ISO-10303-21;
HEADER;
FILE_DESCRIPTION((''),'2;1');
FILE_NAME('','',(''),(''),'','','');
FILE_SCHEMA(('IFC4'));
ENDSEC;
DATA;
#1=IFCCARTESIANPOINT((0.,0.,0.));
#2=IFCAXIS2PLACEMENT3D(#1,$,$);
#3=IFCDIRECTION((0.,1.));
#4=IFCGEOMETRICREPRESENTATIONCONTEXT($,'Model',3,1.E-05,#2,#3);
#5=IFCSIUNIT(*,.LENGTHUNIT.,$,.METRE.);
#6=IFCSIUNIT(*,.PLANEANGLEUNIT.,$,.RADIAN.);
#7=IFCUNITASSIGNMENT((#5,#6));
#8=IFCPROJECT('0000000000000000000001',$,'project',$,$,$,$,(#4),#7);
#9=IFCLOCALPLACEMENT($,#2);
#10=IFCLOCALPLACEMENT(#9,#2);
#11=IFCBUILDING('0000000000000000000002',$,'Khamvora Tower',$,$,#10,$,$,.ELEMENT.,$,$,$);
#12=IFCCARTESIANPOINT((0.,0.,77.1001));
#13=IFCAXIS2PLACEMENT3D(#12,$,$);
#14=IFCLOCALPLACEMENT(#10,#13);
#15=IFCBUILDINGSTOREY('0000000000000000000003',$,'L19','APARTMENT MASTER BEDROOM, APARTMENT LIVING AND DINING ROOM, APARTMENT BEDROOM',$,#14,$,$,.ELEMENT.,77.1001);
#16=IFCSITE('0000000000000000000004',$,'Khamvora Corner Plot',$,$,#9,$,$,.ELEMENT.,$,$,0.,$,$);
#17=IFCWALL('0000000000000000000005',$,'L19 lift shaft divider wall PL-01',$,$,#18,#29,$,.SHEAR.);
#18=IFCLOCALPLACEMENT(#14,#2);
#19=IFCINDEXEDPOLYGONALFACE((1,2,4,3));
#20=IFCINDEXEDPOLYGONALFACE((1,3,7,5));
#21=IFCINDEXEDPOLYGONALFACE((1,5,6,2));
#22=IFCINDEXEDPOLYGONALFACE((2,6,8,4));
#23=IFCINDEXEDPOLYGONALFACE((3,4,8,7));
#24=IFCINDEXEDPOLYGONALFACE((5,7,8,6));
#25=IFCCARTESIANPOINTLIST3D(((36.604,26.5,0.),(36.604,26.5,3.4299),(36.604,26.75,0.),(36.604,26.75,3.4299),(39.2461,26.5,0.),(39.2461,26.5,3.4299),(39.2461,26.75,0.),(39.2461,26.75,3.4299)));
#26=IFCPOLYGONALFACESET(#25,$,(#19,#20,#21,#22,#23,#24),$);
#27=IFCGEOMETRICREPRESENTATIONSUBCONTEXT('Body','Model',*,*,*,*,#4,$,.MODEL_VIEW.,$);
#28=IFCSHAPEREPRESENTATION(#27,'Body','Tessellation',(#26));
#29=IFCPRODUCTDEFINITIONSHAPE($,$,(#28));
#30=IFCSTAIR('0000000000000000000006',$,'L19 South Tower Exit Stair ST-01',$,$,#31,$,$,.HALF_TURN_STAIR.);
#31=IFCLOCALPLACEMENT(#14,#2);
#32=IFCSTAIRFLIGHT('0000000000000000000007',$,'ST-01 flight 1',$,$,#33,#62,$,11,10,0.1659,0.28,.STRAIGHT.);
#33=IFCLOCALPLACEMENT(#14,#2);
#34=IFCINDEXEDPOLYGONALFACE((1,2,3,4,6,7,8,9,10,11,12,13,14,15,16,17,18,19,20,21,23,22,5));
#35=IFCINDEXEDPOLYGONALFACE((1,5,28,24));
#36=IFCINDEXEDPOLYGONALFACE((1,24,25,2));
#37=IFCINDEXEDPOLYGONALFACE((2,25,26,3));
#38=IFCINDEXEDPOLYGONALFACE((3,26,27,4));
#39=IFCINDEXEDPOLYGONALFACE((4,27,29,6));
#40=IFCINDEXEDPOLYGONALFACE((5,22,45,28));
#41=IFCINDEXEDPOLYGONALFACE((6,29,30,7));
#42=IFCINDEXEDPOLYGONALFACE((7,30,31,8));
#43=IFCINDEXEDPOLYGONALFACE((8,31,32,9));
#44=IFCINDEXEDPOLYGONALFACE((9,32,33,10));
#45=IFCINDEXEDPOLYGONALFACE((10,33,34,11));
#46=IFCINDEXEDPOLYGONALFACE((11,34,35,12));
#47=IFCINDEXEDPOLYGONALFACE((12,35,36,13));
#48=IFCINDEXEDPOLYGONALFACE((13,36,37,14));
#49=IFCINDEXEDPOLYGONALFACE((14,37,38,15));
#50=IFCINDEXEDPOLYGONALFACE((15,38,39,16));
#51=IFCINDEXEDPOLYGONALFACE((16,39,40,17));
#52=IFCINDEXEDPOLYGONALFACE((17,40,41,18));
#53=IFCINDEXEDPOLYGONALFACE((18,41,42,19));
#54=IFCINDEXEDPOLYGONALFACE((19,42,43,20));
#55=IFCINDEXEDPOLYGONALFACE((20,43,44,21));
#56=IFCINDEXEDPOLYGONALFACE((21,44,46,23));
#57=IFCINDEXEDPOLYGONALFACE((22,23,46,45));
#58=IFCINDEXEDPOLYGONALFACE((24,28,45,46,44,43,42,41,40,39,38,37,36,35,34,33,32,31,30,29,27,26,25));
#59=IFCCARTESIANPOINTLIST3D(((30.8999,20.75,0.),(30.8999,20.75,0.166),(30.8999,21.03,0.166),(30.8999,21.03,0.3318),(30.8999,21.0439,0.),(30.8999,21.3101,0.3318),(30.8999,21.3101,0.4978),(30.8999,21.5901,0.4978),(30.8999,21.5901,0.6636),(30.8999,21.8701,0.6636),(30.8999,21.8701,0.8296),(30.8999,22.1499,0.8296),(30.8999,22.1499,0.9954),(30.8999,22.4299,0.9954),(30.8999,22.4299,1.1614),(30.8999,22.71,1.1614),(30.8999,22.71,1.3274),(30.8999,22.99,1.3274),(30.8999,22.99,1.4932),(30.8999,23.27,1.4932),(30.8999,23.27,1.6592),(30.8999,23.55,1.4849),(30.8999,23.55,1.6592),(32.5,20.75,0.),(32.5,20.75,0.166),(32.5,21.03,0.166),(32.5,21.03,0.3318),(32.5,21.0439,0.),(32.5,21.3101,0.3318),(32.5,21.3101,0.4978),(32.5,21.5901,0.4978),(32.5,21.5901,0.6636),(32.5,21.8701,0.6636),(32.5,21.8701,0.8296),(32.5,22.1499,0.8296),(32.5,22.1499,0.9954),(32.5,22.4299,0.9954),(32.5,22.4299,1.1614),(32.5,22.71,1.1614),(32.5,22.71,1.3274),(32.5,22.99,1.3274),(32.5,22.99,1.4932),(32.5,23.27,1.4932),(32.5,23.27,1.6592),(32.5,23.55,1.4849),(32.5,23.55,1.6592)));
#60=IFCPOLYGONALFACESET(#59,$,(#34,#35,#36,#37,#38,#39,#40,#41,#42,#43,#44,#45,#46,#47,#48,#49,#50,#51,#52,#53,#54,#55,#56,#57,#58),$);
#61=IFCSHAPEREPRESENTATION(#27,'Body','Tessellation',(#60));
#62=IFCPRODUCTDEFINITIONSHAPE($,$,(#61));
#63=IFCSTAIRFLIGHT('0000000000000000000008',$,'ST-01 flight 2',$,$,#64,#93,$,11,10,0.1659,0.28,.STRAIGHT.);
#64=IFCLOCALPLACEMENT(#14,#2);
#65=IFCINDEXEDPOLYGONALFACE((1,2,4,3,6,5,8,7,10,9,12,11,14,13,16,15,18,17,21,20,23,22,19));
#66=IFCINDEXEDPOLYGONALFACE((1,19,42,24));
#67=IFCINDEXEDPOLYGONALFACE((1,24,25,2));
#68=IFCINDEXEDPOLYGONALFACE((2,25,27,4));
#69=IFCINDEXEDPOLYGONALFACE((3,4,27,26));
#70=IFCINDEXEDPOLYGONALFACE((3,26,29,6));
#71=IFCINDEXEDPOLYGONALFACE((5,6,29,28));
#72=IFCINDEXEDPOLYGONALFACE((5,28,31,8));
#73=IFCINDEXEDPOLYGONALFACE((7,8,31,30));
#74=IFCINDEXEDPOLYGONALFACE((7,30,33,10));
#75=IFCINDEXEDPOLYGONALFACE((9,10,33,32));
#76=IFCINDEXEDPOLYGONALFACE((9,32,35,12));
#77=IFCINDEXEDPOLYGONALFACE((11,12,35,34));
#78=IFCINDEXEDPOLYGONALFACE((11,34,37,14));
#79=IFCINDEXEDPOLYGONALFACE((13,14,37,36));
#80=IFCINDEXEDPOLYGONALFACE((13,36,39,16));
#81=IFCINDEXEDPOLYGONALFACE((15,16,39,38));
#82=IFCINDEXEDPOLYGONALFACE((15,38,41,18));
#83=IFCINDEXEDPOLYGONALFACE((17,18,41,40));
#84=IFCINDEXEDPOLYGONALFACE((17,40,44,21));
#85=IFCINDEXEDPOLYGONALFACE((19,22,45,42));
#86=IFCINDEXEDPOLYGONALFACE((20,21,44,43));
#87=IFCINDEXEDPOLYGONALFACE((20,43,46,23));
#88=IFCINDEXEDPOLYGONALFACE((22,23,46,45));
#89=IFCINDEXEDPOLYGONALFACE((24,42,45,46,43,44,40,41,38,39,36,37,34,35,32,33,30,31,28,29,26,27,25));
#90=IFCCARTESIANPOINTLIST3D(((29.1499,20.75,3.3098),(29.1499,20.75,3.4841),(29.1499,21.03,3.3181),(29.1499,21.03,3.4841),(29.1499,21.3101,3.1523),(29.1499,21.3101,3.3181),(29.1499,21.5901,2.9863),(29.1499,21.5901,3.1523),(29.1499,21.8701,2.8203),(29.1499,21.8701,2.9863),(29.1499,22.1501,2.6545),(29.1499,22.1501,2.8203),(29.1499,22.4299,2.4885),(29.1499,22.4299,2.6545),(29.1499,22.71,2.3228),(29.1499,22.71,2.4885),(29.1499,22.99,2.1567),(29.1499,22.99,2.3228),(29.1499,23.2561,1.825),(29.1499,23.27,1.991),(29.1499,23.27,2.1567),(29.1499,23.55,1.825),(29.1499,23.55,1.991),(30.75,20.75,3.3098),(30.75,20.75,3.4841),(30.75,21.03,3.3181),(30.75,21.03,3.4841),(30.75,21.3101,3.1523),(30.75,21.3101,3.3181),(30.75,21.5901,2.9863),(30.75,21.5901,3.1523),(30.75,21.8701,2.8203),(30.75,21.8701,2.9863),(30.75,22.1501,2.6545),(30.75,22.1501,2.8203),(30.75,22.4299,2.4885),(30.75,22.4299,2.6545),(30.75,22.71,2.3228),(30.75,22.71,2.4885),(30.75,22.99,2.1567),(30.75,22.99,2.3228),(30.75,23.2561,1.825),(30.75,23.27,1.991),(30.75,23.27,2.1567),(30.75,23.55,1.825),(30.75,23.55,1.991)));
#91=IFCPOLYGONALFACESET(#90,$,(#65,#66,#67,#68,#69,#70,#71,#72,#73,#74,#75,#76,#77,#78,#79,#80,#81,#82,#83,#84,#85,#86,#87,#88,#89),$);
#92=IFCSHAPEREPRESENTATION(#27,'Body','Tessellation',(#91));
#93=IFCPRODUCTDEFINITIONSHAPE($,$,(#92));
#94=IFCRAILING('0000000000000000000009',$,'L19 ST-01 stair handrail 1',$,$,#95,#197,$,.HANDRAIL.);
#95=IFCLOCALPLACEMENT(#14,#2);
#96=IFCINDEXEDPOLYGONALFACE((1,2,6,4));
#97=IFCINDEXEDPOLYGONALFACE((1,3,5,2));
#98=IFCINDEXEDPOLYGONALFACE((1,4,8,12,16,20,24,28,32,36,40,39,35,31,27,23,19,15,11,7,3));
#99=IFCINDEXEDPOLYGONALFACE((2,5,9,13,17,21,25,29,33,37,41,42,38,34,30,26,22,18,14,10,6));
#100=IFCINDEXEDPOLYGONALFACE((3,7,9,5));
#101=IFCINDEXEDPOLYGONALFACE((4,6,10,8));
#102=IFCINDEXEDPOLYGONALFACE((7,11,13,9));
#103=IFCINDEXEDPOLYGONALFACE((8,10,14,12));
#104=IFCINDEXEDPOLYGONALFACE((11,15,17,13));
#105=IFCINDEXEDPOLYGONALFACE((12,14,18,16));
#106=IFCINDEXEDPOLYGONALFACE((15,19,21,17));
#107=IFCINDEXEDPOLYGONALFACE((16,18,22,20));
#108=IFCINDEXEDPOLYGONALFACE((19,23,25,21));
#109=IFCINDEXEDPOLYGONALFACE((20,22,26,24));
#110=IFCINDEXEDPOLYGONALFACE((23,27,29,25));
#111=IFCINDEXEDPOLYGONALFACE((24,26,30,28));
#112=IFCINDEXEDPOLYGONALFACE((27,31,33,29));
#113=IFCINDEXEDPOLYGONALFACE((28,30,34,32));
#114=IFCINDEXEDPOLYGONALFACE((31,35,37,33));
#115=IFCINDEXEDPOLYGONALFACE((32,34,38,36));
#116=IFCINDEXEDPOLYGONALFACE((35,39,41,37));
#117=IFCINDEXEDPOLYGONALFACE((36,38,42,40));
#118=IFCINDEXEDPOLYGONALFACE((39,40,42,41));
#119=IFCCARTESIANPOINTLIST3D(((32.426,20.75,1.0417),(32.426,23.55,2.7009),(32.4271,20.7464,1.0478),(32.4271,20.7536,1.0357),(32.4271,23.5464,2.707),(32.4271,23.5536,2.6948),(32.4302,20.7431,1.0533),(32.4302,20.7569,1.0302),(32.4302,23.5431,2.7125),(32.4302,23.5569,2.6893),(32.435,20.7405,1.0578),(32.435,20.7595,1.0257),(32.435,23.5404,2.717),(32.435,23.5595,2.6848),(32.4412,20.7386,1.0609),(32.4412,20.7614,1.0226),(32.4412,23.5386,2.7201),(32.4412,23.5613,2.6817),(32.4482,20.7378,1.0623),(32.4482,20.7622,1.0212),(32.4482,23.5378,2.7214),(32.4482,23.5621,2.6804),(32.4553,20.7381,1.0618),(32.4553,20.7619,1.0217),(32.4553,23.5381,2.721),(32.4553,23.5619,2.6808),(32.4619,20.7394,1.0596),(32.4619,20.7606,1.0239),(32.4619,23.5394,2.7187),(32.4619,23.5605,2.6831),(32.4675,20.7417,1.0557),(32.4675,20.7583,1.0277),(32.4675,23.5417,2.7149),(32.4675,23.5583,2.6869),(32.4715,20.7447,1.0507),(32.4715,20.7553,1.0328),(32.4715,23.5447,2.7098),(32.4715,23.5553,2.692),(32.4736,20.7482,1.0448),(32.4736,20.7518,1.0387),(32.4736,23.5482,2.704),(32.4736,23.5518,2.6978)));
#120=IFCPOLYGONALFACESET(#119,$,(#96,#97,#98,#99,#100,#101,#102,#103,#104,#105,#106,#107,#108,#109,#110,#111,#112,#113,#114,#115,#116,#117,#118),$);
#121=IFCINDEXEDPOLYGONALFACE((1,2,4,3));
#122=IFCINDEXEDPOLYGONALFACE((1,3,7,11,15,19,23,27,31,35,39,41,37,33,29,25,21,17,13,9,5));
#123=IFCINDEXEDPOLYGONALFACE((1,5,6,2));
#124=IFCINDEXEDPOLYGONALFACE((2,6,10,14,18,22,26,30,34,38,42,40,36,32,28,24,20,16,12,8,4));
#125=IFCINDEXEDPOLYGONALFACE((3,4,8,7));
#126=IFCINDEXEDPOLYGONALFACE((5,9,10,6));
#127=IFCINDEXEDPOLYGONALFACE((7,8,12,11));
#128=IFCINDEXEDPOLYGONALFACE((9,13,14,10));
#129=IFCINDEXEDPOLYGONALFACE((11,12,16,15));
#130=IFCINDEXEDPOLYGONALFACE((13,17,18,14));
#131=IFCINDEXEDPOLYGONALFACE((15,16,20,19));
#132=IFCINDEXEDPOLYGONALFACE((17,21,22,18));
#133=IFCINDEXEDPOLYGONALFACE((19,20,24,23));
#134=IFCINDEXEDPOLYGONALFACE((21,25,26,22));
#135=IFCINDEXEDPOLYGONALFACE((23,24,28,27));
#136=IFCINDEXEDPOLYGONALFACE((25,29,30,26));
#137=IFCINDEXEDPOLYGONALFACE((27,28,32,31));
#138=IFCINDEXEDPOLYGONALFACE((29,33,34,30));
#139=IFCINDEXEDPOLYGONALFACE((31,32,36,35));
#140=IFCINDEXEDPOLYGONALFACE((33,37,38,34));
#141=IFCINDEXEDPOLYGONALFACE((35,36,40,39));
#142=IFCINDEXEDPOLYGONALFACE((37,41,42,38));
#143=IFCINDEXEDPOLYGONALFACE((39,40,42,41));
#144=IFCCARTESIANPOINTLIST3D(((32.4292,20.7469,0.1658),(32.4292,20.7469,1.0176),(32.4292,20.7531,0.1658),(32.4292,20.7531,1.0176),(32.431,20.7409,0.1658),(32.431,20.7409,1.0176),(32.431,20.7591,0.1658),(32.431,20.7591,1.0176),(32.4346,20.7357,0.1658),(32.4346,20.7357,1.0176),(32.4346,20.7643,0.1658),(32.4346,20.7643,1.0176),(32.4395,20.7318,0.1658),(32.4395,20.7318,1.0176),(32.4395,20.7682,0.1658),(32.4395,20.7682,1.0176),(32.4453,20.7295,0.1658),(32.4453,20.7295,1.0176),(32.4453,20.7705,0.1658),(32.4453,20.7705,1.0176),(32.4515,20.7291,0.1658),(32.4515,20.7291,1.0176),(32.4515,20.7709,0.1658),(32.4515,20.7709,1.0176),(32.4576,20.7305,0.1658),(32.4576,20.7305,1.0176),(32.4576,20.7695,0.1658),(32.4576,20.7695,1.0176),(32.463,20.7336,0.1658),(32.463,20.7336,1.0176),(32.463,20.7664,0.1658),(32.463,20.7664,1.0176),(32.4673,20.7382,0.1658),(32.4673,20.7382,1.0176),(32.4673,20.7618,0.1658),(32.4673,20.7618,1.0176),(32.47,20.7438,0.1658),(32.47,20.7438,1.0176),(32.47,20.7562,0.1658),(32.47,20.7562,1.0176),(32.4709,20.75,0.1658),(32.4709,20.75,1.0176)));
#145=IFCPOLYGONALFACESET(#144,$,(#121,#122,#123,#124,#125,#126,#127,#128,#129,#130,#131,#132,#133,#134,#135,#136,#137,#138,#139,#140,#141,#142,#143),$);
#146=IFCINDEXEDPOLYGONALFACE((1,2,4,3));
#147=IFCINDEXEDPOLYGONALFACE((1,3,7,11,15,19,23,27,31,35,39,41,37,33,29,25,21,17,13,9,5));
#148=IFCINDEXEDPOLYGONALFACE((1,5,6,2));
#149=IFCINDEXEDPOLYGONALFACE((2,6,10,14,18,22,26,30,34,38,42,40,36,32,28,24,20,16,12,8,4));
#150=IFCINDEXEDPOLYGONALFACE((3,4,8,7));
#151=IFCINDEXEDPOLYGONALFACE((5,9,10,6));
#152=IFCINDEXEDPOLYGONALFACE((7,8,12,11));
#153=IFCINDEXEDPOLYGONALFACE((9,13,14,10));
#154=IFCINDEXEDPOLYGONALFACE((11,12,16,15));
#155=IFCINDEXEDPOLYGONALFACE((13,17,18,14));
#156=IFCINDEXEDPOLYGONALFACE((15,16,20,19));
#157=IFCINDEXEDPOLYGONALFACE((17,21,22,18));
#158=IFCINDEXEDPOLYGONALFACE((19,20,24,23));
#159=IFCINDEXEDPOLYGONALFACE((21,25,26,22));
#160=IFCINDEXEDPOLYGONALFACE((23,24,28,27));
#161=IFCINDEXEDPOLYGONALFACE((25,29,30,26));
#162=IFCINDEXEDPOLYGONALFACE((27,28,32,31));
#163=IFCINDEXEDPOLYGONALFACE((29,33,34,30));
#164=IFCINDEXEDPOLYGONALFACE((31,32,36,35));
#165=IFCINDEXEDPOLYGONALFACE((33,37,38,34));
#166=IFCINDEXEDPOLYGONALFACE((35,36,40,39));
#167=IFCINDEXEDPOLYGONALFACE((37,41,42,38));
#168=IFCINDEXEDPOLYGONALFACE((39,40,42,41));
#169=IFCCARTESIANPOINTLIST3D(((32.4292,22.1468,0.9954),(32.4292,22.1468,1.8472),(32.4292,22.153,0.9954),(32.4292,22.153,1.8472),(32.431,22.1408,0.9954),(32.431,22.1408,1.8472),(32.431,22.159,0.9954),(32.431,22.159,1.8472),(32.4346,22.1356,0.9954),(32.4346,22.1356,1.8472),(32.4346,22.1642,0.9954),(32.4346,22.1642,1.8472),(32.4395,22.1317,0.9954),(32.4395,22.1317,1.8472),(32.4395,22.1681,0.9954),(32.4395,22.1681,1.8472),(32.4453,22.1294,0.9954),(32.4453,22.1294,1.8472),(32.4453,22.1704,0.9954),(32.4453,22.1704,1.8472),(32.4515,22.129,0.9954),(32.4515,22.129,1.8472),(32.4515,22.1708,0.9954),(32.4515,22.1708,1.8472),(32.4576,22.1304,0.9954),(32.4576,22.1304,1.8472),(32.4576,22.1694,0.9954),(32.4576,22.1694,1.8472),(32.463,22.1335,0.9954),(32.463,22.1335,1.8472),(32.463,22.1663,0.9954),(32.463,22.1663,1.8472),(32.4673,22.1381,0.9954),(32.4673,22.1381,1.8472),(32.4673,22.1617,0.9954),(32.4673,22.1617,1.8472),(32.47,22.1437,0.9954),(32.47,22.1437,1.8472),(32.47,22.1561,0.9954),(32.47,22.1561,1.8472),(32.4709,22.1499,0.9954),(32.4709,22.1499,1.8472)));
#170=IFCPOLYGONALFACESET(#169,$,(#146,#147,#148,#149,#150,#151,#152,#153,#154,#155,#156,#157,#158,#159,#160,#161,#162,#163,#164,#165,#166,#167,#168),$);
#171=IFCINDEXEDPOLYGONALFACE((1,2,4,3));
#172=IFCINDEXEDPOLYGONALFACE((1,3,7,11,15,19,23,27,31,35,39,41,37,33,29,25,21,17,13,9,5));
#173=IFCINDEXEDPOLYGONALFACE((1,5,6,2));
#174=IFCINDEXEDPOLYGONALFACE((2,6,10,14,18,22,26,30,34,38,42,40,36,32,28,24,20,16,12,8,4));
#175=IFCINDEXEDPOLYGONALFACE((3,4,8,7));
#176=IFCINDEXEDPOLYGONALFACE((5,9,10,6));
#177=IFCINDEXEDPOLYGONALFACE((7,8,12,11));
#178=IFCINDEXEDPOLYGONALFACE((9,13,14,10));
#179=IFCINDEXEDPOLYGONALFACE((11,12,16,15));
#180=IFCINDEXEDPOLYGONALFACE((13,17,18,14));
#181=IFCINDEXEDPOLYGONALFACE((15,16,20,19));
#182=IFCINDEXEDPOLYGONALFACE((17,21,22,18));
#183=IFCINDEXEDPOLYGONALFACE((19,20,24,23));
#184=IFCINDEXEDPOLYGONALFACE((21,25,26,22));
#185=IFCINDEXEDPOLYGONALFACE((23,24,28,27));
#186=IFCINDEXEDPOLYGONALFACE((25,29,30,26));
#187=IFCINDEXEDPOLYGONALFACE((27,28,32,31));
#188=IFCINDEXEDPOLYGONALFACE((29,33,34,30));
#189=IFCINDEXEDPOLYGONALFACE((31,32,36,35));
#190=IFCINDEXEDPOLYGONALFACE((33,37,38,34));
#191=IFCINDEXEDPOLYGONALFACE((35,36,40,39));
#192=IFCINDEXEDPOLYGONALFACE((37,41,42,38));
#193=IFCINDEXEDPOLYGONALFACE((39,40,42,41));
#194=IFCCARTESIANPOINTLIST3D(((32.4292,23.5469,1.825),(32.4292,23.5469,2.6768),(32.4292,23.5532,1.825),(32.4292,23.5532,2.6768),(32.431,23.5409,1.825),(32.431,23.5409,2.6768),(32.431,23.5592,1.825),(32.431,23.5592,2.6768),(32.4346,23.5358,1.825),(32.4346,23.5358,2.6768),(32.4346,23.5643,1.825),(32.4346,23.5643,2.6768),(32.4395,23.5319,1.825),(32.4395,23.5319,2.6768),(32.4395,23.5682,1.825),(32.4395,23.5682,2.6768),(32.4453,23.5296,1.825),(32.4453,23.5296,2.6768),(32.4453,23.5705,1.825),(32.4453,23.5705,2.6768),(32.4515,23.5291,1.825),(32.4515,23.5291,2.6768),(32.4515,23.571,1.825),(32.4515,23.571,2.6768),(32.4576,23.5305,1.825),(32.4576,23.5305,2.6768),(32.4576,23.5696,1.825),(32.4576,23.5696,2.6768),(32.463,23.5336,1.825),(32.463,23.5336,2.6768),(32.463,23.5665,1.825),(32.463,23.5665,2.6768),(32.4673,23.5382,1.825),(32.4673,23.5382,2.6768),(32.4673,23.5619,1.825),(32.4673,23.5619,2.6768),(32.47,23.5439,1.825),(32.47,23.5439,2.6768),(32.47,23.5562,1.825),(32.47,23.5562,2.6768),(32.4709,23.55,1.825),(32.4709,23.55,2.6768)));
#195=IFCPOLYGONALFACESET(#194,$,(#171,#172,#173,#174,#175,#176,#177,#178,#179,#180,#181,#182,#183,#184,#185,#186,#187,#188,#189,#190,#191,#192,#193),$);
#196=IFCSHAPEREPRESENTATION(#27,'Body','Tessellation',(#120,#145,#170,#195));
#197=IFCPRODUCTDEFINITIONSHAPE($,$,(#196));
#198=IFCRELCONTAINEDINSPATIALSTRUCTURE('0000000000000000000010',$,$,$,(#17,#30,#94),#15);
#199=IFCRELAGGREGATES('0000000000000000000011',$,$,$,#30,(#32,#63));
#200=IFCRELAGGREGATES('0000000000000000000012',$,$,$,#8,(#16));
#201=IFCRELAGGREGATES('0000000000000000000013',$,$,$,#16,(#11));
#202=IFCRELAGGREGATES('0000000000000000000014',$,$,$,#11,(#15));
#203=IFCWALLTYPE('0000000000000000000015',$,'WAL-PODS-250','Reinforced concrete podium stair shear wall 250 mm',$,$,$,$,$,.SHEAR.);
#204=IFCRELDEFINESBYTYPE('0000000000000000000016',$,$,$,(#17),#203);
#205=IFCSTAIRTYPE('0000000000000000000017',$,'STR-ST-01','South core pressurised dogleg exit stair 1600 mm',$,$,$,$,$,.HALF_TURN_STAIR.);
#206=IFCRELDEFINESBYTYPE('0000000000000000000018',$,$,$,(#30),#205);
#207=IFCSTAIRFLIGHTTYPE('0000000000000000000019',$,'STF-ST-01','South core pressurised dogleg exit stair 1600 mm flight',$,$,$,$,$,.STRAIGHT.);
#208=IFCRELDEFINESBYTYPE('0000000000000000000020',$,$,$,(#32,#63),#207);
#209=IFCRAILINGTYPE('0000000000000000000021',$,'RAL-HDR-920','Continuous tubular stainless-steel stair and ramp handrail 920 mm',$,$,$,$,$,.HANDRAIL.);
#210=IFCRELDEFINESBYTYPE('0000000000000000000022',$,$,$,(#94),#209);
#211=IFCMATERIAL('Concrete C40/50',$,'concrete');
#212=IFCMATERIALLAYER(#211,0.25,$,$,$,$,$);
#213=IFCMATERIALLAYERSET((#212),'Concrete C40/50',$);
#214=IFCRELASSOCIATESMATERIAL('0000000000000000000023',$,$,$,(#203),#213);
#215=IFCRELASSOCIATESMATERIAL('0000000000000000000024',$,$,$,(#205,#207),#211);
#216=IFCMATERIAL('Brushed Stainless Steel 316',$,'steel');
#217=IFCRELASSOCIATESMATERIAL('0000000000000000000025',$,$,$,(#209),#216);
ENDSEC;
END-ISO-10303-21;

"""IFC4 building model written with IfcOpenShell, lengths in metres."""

from ifc_helpers import new_model, si_unit, direction, frame, frame_2d, origin, origin_2d, place, context, subcontext, project, spatial, polyline, rectangle, circle, outline, extrude, material, layer, layer_set, type_object, element, aggregate, save


model = new_model("IFC4")

# Units and contexts
model_context = context("Model", 3, precision=1e-05, world=origin(), true_north=direction((0.0, 1.0)))
body_context = subcontext(model_context, "Body", "Model", "MODEL_VIEW")
ifc_project = project(units=[si_unit("LENGTHUNIT", "METRE"), si_unit("PLANEANGLEUNIT", "RADIAN")], contexts=[model_context])

# Site, building, storey
site_placement = place(None, origin())
site = spatial("IfcSite", under=ifc_project, at=site_placement, Name="Khamvora Corner Plot", CompositionType="ELEMENT", RefElevation=0.0)
building_placement = place(site_placement, origin())
building = spatial("IfcBuilding", under=site, at=building_placement, Name="Khamvora Tower", CompositionType="ELEMENT")
storey_placement = place(building_placement, frame((0.0, 0.0, 77.1001)))
storey = spatial("IfcBuildingStorey", under=building, at=storey_placement, Name="L19", Description="APARTMENT MASTER BEDROOM, APARTMENT LIVING AND DINING ROOM, APARTMENT BEDROOM", CompositionType="ELEMENT", Elevation=77.1001)

# Wall
ifc_material_1 = material(Name="Concrete C40/50", Category="concrete")
ifc_layer_1 = layer(ifc_material_1, 0.25)
ifc_layer_set_1 = layer_set([ifc_layer_1], Name="Concrete C40/50")
wall_type_1 = type_object("IfcWallType", Name="WAL-PODS-250", Description="Reinforced concrete podium stair shear wall 250 mm", PredefinedType="SHEAR", material=ifc_layer_set_1)
for number, where, z_axis, x_axis, name in (
    (1, (36.604, 26.625, 0.0), (0.0, 0.0, 1.0), (1.0, 0.0, 0.0), "L19 lift shaft divider wall PL-01"),
):
    element("IfcWall", number, at=place(storey_placement, frame(where, z_axis=z_axis, x_axis=x_axis)), inside=storey, type_object=wall_type_1, Name=name, PredefinedType="SHEAR", context=body_context, shape_type="SweptSolid", body=[
        extrude(rectangle(XDim=2.6421, YDim=0.25, at=frame_2d((1.321, 0.0))), origin(), (0.0, 0.0, 1.0), 3.4299),
    ])

# Stair, stair flights
stair_type = type_object("IfcStairType", Name="STR-ST-01", Description="South core pressurised dogleg exit stair 1600 mm", PredefinedType="HALF_TURN_STAIR", material=ifc_material_1)
stair_placement = place(storey_placement, origin())
stair = element("IfcStair", 2, at=stair_placement, inside=storey, type_object=stair_type, Name="L19 South Tower Exit Stair ST-01", PredefinedType="HALF_TURN_STAIR")
stair_flight_type = type_object("IfcStairFlightType", Name="STF-ST-01", Description="South core pressurised dogleg exit stair 1600 mm flight", PredefinedType="STRAIGHT", material=ifc_material_1)
stair_flight_1_placement = place(storey_placement, frame((31.7, 20.75, 0.0), z_axis=(0.0, 0.0, 1.0), x_axis=(0.0, 1.0, 0.0)))
stair_flight_1 = element("IfcStairFlight", 3, at=stair_flight_1_placement, type_object=stair_flight_type, Name="ST-01 flight 1", NumberOfRisers=11, NumberOfTreads=10, PredefinedType="STRAIGHT", RiserHeight=0.1659, TreadLength=0.28, context=body_context, shape_type="SweptSolid", body=[
    extrude(outline(polyline([(0.0, 0.0), (0.0, 0.166), (0.28, 0.166), (0.28, 0.3318), (0.5601, 0.3318), (0.5601, 0.4978), (0.8401, 0.4978), (0.8401, 0.6636), (1.1201, 0.6636), (1.1201, 0.8296), (1.3999, 0.8296), (1.3999, 0.9954), (1.6799, 0.9954), (1.6799, 1.1614), (1.96, 1.1614), (1.96, 1.3274), (2.24, 1.3274), (2.24, 1.4932), (2.52, 1.4932), (2.52, 1.6592), (2.8, 1.6592), (2.8, 1.825), (2.8, 1.4849), (0.2939, 0.0), (0.0, 0.0)])), frame((0.0, 0.8, 0.0), z_axis=(0.0, -1.0, 0.0), x_axis=(1.0, 0.0, 0.0)), (0.0, 0.0, 1.0), 1.6001),
])
stair_flight_2_placement = place(storey_placement, frame((29.95, 23.55, 1.825), z_axis=(0.0, 0.0, 1.0), x_axis=(0.0, -1.0, 0.0)))
stair_flight_2 = element("IfcStairFlight", 4, at=stair_flight_2_placement, type_object=stair_flight_type, Name="ST-01 flight 2", NumberOfRisers=11, NumberOfTreads=10, PredefinedType="STRAIGHT", RiserHeight=0.1659, TreadLength=0.28, context=body_context, shape_type="SweptSolid", body=[
    extrude(outline(polyline([(0.0, 0.0), (0.0, 0.166), (0.28, 0.166), (0.28, 0.3318), (0.5601, 0.3318), (0.5601, 0.4978), (0.8401, 0.4978), (0.8401, 0.6636), (1.1201, 0.6636), (1.1201, 0.8296), (1.3999, 0.8296), (1.3999, 0.9954), (1.6799, 0.9954), (1.6799, 1.1614), (1.96, 1.1614), (1.96, 1.3274), (2.24, 1.3274), (2.24, 1.4932), (2.52, 1.4932), (2.52, 1.6592), (2.8, 1.6592), (2.8, 1.825), (2.8, 1.4849), (0.2939, 0.0), (0.0, 0.0)])), frame((0.0, 0.8, 0.0), z_axis=(0.0, -1.0, 0.0), x_axis=(1.0, 0.0, 0.0)), (0.0, 0.0, 1.0), 1.6001),
])
aggregate(stair, [stair_flight_1, stair_flight_2])

# Railing
ifc_material_2 = material(Name="Brushed Stainless Steel 316", Category="steel")
railing_type_1 = type_object("IfcRailingType", Name="RAL-HDR-920", Description="Continuous tubular stainless-steel stair and ramp handrail 920 mm", PredefinedType="HANDRAIL", material=ifc_material_2)
railing_1_placement = place(storey_placement, frame((32.45, 20.75, 0.1658)))
element("IfcRailing", 5, at=railing_1_placement, inside=storey, type_object=railing_type_1, Name="L19 ST-01 stair handrail 1", PredefinedType="HANDRAIL", context=body_context, shape_type="SweptSolid", body=[
    extrude(circle(Radius=0.0239, at=origin_2d()), frame((0.0, 0.0, 0.876), z_axis=(0.0, 0.860306, 0.509778), x_axis=(-1.0, 0.0, 0.0)), (0.0, 0.0, 1.0), 3.2546),
    extrude(circle(Radius=0.021, at=origin_2d()), origin(), (0.0, 0.0, 1.0), 0.8518),
    extrude(circle(Radius=0.021, at=origin_2d()), frame((0.0, 1.3999, 0.8296)), (0.0, 0.0, 1.0), 0.8518),
    extrude(circle(Radius=0.021, at=origin_2d()), frame((0.0, 2.8, 1.6592)), (0.0, 0.0, 1.0), 0.8518),
])

save(model, "model.ifc")
